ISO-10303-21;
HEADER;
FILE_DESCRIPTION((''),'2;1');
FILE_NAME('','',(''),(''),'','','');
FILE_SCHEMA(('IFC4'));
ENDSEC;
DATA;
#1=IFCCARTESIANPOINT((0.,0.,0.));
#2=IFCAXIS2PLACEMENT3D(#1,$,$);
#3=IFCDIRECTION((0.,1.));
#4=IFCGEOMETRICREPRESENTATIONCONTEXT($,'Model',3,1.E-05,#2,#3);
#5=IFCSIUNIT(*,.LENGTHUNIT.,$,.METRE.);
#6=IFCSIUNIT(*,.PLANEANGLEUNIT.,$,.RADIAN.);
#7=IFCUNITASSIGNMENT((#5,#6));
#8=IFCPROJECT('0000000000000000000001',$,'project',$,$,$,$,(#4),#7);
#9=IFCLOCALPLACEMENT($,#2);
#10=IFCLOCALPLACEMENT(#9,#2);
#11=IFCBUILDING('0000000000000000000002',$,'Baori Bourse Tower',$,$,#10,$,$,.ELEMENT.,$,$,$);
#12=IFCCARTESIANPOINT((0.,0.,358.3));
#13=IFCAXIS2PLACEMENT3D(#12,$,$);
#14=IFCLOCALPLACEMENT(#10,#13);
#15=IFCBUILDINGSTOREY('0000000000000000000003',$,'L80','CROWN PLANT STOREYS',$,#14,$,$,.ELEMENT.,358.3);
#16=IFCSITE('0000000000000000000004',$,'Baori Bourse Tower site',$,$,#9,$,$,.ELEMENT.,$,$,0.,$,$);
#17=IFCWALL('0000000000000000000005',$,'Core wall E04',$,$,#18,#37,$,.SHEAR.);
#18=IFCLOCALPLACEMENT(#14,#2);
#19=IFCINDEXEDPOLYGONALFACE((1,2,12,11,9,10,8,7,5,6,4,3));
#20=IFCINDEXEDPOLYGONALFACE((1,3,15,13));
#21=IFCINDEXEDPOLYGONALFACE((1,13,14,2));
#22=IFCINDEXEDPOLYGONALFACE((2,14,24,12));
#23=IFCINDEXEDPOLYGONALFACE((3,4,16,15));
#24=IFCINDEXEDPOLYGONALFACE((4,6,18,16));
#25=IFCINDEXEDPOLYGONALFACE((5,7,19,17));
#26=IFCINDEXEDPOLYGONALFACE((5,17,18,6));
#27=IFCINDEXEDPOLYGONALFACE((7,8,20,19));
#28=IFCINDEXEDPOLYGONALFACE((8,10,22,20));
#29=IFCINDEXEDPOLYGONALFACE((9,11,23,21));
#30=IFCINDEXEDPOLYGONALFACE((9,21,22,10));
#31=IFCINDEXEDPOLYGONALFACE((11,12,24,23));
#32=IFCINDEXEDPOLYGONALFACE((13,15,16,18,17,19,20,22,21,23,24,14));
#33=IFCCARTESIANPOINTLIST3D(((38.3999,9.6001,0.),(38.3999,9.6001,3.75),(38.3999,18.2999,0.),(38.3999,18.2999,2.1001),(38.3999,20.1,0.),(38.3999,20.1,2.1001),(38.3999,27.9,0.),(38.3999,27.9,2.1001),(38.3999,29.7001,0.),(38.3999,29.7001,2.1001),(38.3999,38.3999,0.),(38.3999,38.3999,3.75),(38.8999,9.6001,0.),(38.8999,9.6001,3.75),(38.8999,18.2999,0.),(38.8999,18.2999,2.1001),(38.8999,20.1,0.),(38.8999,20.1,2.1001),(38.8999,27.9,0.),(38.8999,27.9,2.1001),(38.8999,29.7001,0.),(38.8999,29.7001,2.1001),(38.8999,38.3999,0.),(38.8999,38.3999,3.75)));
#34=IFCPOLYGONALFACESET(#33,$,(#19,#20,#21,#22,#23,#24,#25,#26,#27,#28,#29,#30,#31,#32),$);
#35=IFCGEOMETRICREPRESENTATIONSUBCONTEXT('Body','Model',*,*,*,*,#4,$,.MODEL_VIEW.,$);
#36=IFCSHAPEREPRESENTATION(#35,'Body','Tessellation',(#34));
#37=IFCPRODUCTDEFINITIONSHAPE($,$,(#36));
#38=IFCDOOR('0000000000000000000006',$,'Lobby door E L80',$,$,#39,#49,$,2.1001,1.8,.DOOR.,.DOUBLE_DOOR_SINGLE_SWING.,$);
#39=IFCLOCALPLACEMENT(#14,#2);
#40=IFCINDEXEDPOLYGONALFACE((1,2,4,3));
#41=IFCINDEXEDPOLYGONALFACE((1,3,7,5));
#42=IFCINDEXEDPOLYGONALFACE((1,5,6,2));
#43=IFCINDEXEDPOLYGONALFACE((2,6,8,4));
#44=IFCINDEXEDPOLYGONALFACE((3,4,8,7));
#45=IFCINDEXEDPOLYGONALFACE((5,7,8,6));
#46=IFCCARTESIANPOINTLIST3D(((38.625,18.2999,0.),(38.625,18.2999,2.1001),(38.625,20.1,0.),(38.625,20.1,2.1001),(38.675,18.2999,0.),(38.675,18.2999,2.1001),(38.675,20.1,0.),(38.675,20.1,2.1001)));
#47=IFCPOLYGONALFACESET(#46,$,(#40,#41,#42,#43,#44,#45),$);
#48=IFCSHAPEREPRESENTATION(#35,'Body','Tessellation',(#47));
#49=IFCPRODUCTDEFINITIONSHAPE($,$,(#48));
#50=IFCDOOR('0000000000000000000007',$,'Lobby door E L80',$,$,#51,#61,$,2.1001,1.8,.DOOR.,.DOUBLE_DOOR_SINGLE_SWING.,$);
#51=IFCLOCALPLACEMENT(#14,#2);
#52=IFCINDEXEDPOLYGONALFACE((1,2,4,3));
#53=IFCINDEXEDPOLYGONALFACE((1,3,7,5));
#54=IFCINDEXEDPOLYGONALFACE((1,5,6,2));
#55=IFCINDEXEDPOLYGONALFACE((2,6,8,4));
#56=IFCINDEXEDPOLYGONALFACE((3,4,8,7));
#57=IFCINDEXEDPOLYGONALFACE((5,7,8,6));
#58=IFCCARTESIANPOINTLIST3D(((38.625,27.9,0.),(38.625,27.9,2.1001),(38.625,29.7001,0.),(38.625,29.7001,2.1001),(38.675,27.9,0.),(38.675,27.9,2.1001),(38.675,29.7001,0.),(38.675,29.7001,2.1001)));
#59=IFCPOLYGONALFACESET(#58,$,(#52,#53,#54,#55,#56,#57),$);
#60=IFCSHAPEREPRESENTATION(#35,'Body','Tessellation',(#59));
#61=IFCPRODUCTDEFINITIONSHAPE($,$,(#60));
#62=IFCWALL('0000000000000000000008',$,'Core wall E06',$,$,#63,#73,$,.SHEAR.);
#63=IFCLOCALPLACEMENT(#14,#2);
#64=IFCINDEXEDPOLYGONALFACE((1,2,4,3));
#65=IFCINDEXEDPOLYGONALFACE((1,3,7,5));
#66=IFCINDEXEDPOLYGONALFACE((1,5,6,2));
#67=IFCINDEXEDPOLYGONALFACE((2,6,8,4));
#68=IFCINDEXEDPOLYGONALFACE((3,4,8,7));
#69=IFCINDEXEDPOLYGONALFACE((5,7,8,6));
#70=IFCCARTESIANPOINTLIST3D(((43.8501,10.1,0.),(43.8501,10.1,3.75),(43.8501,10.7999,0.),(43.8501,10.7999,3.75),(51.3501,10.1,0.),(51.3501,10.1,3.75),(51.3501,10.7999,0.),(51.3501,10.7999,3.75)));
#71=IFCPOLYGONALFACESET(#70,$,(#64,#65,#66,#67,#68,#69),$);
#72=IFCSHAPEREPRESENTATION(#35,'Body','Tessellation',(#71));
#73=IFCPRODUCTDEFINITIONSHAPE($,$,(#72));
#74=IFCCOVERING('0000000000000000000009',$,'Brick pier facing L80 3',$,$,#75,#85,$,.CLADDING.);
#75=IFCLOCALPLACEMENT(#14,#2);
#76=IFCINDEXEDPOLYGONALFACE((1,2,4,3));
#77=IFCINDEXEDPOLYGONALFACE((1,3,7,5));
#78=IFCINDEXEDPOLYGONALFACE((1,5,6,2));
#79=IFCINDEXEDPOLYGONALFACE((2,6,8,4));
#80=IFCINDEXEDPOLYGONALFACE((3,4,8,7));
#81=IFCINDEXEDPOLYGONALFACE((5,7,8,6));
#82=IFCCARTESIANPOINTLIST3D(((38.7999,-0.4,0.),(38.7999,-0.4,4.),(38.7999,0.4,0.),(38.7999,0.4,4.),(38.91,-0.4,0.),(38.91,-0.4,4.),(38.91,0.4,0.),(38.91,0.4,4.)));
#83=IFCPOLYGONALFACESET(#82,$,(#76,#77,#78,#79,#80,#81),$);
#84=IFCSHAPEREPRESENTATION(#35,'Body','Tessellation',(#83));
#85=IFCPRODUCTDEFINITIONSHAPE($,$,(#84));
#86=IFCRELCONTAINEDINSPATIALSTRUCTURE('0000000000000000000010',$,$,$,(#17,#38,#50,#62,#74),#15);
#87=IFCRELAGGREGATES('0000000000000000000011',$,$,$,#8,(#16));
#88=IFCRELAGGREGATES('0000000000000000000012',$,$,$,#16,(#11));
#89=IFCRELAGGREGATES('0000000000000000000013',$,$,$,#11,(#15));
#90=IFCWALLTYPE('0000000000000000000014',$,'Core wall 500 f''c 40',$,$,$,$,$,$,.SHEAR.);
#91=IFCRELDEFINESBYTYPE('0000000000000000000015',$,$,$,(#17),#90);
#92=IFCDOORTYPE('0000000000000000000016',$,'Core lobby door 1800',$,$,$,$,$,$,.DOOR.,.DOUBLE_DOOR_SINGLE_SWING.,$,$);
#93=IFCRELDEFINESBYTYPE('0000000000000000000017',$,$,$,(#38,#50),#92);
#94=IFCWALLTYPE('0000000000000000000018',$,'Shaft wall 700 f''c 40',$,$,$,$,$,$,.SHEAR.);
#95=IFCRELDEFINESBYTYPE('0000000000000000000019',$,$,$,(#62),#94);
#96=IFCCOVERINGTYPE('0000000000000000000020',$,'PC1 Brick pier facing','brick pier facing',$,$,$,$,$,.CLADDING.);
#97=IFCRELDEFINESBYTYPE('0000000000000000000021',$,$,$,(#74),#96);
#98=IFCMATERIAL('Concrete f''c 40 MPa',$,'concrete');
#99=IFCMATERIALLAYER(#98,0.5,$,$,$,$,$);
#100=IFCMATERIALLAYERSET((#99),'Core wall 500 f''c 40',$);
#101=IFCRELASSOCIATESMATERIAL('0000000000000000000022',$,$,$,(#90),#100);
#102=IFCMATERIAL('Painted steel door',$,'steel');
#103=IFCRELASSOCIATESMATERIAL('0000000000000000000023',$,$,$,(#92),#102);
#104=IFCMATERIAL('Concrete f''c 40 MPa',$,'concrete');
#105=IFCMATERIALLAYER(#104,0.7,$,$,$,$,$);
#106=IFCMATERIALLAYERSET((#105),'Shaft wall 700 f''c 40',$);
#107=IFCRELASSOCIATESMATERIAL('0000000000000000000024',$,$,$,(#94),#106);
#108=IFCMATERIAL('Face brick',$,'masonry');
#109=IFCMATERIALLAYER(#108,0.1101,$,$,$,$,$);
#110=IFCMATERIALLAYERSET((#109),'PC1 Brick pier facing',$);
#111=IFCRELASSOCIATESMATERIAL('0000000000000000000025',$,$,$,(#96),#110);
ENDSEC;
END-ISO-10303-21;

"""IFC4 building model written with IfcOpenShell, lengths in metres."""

from ifc_helpers import new_model, si_unit, direction, frame, frame_2d, origin, origin_2d, place, context, subcontext, project, spatial, rectangle, extrude, material, layer, layer_set, type_object, element, fill, save


model = new_model("IFC4")

# Units and contexts
model_context = context("Model", 3, precision=1e-05, world=origin(), true_north=direction((0.0, 1.0)))
body_context = subcontext(model_context, "Body", "Model", "MODEL_VIEW")
ifc_project = project(units=[si_unit("LENGTHUNIT", "METRE"), si_unit("PLANEANGLEUNIT", "RADIAN")], contexts=[model_context])

# Site, building, storey
site_placement = place(None, origin())
site = spatial("IfcSite", under=ifc_project, at=site_placement, Name="Baori Bourse Tower site", CompositionType="ELEMENT", RefElevation=0.0)
building_placement = place(site_placement, origin())
building = spatial("IfcBuilding", under=site, at=building_placement, Name="Baori Bourse Tower", CompositionType="ELEMENT")
storey_placement = place(building_placement, frame((0.0, 0.0, 358.3)))
storey = spatial("IfcBuildingStorey", under=building, at=storey_placement, Name="L80", Description="CROWN PLANT STOREYS", CompositionType="ELEMENT", Elevation=358.3)

# Shared definitions
ifc_material_1 = material(Name="Concrete f'c 40 MPa", Category="concrete")
ifc_layer_1 = layer(ifc_material_1, 0.5)
ifc_layer_set_1 = layer_set([ifc_layer_1], Name="Core wall 500 f'c 40")
wall_type_1 = type_object("IfcWallType", Name="Core wall 500 f'c 40", PredefinedType="SHEAR", material=ifc_layer_set_1)

# Wall, openings, doors
wall_1_placement = place(storey_placement, frame((38.6499, 9.6001, 0.0), z_axis=(0.0, 0.0, 1.0), x_axis=(0.0, 1.0, 0.0)))
wall_1 = element("IfcWall", 1, at=wall_1_placement, inside=storey, type_object=wall_type_1, Name="Core wall E04", PredefinedType="SHEAR", context=body_context, shape_type="SweptSolid", body=[
    extrude(rectangle(XDim=28.7998, YDim=0.5, at=frame_2d((14.3999, 0.0))), origin(), (0.0, 0.0, 1.0), 3.75),
])
opening_1_placement = place(wall_1_placement, frame((8.7, 0.0, 0.0)))
opening_1 = element("IfcOpeningElement", 2, at=opening_1_placement, cuts=wall_1, PredefinedType="OPENING", context=body_context, shape_type="SweptSolid", body=[
    extrude(rectangle(XDim=1.8, YDim=2.1001, at=frame_2d((0.8999, 1.05))), frame((0.0, 0.26, 0.0), z_axis=(0.0, -1.0, 0.0), x_axis=(1.0, 0.0, 0.0)), (0.0, 0.0, 1.0), 0.52),
])
opening_2_placement = place(wall_1_placement, frame((18.3, 0.0, 0.0)))
opening_2 = element("IfcOpeningElement", 3, at=opening_2_placement, cuts=wall_1, PredefinedType="OPENING", context=body_context, shape_type="SweptSolid", body=[
    extrude(rectangle(XDim=1.8, YDim=2.1001, at=frame_2d((0.8999, 1.05))), frame((0.0, 0.26, 0.0), z_axis=(0.0, -1.0, 0.0), x_axis=(1.0, 0.0, 0.0)), (0.0, 0.0, 1.0), 0.52),
])
ifc_material_2 = material(Name="Painted steel door", Category="steel")
door_type_1 = type_object("IfcDoorType", Name="Core lobby door 1800", OperationType="DOUBLE_DOOR_SINGLE_SWING", PredefinedType="DOOR", material=ifc_material_2)
door_1_placement = place(opening_1_placement, origin())
door_1 = element("IfcDoor", 4, at=door_1_placement, inside=storey, type_object=door_type_1, Name="Lobby door E L80", OperationType="DOUBLE_DOOR_SINGLE_SWING", OverallHeight=2.1001, OverallWidth=1.8, PredefinedType="DOOR", context=body_context, shape_type="SweptSolid", body=[
    extrude(rectangle(XDim=1.8, YDim=2.1001, at=frame_2d((0.8999, 1.05))), frame((0.0, 0.0249, 0.0), z_axis=(0.0, -1.0, 0.0), x_axis=(1.0, 0.0, 0.0)), (0.0, 0.0, 1.0), 0.05),
])
fill(opening_1, door_1)
door_2_placement = place(opening_2_placement, origin())
door_2 = element("IfcDoor", 5, at=door_2_placement, inside=storey, type_object=door_type_1, Name="Lobby door E L80", OperationType="DOUBLE_DOOR_SINGLE_SWING", OverallHeight=2.1001, OverallWidth=1.8, PredefinedType="DOOR", context=body_context, shape_type="SweptSolid", body=[
    extrude(rectangle(XDim=1.8, YDim=2.1001, at=frame_2d((0.8999, 1.05))), frame((0.0, 0.0249, 0.0), z_axis=(0.0, -1.0, 0.0), x_axis=(1.0, 0.0, 0.0)), (0.0, 0.0, 1.0), 0.05),
])
fill(opening_2, door_2)

# Wall
ifc_material_3 = material(Name="Concrete f'c 40 MPa", Category="concrete")
ifc_layer_2 = layer(ifc_material_3, 0.7)
ifc_layer_set_2 = layer_set([ifc_layer_2], Name="Shaft wall 700 f'c 40")
wall_type_2 = type_object("IfcWallType", Name="Shaft wall 700 f'c 40", PredefinedType="SHEAR", material=ifc_layer_set_2)
wall_2_placement = place(storey_placement, frame((43.8501, 10.45, 0.0), z_axis=(0.0, 0.0, 1.0), x_axis=(1.0, 0.0, 0.0)))
element("IfcWall", 6, at=wall_2_placement, inside=storey, type_object=wall_type_2, Name="Core wall E06", PredefinedType="SHEAR", context=body_context, shape_type="SweptSolid", body=[
    extrude(rectangle(XDim=7.5, YDim=0.7, at=frame_2d((3.75, 0.0))), origin(), (0.0, 0.0, 1.0), 3.75),
])

# Covering
ifc_material_4 = material(Name="Face brick", Category="masonry")
ifc_layer_3 = layer(ifc_material_4, 0.1101)
ifc_layer_set_3 = layer_set([ifc_layer_3], Name="PC1 Brick pier facing")
covering_type = type_object("IfcCoveringType", Name="PC1 Brick pier facing", Description="brick pier facing", PredefinedType="CLADDING", material=ifc_layer_set_3)
covering_placement = place(storey_placement, frame((38.855, 0.0, 0.0), z_axis=(0.0, 0.0, 1.0), x_axis=(1.0, 0.0, 0.0)))
element("IfcCovering", 7, at=covering_placement, inside=storey, type_object=covering_type, Name="Brick pier facing L80 3", PredefinedType="CLADDING", context=body_context, shape_type="SweptSolid", body=[
    extrude(rectangle(XDim=0.1101, YDim=0.8, at=origin_2d()), origin(), (0.0, 0.0, 1.0), 4.0),
])

save(model, "model.ifc")
